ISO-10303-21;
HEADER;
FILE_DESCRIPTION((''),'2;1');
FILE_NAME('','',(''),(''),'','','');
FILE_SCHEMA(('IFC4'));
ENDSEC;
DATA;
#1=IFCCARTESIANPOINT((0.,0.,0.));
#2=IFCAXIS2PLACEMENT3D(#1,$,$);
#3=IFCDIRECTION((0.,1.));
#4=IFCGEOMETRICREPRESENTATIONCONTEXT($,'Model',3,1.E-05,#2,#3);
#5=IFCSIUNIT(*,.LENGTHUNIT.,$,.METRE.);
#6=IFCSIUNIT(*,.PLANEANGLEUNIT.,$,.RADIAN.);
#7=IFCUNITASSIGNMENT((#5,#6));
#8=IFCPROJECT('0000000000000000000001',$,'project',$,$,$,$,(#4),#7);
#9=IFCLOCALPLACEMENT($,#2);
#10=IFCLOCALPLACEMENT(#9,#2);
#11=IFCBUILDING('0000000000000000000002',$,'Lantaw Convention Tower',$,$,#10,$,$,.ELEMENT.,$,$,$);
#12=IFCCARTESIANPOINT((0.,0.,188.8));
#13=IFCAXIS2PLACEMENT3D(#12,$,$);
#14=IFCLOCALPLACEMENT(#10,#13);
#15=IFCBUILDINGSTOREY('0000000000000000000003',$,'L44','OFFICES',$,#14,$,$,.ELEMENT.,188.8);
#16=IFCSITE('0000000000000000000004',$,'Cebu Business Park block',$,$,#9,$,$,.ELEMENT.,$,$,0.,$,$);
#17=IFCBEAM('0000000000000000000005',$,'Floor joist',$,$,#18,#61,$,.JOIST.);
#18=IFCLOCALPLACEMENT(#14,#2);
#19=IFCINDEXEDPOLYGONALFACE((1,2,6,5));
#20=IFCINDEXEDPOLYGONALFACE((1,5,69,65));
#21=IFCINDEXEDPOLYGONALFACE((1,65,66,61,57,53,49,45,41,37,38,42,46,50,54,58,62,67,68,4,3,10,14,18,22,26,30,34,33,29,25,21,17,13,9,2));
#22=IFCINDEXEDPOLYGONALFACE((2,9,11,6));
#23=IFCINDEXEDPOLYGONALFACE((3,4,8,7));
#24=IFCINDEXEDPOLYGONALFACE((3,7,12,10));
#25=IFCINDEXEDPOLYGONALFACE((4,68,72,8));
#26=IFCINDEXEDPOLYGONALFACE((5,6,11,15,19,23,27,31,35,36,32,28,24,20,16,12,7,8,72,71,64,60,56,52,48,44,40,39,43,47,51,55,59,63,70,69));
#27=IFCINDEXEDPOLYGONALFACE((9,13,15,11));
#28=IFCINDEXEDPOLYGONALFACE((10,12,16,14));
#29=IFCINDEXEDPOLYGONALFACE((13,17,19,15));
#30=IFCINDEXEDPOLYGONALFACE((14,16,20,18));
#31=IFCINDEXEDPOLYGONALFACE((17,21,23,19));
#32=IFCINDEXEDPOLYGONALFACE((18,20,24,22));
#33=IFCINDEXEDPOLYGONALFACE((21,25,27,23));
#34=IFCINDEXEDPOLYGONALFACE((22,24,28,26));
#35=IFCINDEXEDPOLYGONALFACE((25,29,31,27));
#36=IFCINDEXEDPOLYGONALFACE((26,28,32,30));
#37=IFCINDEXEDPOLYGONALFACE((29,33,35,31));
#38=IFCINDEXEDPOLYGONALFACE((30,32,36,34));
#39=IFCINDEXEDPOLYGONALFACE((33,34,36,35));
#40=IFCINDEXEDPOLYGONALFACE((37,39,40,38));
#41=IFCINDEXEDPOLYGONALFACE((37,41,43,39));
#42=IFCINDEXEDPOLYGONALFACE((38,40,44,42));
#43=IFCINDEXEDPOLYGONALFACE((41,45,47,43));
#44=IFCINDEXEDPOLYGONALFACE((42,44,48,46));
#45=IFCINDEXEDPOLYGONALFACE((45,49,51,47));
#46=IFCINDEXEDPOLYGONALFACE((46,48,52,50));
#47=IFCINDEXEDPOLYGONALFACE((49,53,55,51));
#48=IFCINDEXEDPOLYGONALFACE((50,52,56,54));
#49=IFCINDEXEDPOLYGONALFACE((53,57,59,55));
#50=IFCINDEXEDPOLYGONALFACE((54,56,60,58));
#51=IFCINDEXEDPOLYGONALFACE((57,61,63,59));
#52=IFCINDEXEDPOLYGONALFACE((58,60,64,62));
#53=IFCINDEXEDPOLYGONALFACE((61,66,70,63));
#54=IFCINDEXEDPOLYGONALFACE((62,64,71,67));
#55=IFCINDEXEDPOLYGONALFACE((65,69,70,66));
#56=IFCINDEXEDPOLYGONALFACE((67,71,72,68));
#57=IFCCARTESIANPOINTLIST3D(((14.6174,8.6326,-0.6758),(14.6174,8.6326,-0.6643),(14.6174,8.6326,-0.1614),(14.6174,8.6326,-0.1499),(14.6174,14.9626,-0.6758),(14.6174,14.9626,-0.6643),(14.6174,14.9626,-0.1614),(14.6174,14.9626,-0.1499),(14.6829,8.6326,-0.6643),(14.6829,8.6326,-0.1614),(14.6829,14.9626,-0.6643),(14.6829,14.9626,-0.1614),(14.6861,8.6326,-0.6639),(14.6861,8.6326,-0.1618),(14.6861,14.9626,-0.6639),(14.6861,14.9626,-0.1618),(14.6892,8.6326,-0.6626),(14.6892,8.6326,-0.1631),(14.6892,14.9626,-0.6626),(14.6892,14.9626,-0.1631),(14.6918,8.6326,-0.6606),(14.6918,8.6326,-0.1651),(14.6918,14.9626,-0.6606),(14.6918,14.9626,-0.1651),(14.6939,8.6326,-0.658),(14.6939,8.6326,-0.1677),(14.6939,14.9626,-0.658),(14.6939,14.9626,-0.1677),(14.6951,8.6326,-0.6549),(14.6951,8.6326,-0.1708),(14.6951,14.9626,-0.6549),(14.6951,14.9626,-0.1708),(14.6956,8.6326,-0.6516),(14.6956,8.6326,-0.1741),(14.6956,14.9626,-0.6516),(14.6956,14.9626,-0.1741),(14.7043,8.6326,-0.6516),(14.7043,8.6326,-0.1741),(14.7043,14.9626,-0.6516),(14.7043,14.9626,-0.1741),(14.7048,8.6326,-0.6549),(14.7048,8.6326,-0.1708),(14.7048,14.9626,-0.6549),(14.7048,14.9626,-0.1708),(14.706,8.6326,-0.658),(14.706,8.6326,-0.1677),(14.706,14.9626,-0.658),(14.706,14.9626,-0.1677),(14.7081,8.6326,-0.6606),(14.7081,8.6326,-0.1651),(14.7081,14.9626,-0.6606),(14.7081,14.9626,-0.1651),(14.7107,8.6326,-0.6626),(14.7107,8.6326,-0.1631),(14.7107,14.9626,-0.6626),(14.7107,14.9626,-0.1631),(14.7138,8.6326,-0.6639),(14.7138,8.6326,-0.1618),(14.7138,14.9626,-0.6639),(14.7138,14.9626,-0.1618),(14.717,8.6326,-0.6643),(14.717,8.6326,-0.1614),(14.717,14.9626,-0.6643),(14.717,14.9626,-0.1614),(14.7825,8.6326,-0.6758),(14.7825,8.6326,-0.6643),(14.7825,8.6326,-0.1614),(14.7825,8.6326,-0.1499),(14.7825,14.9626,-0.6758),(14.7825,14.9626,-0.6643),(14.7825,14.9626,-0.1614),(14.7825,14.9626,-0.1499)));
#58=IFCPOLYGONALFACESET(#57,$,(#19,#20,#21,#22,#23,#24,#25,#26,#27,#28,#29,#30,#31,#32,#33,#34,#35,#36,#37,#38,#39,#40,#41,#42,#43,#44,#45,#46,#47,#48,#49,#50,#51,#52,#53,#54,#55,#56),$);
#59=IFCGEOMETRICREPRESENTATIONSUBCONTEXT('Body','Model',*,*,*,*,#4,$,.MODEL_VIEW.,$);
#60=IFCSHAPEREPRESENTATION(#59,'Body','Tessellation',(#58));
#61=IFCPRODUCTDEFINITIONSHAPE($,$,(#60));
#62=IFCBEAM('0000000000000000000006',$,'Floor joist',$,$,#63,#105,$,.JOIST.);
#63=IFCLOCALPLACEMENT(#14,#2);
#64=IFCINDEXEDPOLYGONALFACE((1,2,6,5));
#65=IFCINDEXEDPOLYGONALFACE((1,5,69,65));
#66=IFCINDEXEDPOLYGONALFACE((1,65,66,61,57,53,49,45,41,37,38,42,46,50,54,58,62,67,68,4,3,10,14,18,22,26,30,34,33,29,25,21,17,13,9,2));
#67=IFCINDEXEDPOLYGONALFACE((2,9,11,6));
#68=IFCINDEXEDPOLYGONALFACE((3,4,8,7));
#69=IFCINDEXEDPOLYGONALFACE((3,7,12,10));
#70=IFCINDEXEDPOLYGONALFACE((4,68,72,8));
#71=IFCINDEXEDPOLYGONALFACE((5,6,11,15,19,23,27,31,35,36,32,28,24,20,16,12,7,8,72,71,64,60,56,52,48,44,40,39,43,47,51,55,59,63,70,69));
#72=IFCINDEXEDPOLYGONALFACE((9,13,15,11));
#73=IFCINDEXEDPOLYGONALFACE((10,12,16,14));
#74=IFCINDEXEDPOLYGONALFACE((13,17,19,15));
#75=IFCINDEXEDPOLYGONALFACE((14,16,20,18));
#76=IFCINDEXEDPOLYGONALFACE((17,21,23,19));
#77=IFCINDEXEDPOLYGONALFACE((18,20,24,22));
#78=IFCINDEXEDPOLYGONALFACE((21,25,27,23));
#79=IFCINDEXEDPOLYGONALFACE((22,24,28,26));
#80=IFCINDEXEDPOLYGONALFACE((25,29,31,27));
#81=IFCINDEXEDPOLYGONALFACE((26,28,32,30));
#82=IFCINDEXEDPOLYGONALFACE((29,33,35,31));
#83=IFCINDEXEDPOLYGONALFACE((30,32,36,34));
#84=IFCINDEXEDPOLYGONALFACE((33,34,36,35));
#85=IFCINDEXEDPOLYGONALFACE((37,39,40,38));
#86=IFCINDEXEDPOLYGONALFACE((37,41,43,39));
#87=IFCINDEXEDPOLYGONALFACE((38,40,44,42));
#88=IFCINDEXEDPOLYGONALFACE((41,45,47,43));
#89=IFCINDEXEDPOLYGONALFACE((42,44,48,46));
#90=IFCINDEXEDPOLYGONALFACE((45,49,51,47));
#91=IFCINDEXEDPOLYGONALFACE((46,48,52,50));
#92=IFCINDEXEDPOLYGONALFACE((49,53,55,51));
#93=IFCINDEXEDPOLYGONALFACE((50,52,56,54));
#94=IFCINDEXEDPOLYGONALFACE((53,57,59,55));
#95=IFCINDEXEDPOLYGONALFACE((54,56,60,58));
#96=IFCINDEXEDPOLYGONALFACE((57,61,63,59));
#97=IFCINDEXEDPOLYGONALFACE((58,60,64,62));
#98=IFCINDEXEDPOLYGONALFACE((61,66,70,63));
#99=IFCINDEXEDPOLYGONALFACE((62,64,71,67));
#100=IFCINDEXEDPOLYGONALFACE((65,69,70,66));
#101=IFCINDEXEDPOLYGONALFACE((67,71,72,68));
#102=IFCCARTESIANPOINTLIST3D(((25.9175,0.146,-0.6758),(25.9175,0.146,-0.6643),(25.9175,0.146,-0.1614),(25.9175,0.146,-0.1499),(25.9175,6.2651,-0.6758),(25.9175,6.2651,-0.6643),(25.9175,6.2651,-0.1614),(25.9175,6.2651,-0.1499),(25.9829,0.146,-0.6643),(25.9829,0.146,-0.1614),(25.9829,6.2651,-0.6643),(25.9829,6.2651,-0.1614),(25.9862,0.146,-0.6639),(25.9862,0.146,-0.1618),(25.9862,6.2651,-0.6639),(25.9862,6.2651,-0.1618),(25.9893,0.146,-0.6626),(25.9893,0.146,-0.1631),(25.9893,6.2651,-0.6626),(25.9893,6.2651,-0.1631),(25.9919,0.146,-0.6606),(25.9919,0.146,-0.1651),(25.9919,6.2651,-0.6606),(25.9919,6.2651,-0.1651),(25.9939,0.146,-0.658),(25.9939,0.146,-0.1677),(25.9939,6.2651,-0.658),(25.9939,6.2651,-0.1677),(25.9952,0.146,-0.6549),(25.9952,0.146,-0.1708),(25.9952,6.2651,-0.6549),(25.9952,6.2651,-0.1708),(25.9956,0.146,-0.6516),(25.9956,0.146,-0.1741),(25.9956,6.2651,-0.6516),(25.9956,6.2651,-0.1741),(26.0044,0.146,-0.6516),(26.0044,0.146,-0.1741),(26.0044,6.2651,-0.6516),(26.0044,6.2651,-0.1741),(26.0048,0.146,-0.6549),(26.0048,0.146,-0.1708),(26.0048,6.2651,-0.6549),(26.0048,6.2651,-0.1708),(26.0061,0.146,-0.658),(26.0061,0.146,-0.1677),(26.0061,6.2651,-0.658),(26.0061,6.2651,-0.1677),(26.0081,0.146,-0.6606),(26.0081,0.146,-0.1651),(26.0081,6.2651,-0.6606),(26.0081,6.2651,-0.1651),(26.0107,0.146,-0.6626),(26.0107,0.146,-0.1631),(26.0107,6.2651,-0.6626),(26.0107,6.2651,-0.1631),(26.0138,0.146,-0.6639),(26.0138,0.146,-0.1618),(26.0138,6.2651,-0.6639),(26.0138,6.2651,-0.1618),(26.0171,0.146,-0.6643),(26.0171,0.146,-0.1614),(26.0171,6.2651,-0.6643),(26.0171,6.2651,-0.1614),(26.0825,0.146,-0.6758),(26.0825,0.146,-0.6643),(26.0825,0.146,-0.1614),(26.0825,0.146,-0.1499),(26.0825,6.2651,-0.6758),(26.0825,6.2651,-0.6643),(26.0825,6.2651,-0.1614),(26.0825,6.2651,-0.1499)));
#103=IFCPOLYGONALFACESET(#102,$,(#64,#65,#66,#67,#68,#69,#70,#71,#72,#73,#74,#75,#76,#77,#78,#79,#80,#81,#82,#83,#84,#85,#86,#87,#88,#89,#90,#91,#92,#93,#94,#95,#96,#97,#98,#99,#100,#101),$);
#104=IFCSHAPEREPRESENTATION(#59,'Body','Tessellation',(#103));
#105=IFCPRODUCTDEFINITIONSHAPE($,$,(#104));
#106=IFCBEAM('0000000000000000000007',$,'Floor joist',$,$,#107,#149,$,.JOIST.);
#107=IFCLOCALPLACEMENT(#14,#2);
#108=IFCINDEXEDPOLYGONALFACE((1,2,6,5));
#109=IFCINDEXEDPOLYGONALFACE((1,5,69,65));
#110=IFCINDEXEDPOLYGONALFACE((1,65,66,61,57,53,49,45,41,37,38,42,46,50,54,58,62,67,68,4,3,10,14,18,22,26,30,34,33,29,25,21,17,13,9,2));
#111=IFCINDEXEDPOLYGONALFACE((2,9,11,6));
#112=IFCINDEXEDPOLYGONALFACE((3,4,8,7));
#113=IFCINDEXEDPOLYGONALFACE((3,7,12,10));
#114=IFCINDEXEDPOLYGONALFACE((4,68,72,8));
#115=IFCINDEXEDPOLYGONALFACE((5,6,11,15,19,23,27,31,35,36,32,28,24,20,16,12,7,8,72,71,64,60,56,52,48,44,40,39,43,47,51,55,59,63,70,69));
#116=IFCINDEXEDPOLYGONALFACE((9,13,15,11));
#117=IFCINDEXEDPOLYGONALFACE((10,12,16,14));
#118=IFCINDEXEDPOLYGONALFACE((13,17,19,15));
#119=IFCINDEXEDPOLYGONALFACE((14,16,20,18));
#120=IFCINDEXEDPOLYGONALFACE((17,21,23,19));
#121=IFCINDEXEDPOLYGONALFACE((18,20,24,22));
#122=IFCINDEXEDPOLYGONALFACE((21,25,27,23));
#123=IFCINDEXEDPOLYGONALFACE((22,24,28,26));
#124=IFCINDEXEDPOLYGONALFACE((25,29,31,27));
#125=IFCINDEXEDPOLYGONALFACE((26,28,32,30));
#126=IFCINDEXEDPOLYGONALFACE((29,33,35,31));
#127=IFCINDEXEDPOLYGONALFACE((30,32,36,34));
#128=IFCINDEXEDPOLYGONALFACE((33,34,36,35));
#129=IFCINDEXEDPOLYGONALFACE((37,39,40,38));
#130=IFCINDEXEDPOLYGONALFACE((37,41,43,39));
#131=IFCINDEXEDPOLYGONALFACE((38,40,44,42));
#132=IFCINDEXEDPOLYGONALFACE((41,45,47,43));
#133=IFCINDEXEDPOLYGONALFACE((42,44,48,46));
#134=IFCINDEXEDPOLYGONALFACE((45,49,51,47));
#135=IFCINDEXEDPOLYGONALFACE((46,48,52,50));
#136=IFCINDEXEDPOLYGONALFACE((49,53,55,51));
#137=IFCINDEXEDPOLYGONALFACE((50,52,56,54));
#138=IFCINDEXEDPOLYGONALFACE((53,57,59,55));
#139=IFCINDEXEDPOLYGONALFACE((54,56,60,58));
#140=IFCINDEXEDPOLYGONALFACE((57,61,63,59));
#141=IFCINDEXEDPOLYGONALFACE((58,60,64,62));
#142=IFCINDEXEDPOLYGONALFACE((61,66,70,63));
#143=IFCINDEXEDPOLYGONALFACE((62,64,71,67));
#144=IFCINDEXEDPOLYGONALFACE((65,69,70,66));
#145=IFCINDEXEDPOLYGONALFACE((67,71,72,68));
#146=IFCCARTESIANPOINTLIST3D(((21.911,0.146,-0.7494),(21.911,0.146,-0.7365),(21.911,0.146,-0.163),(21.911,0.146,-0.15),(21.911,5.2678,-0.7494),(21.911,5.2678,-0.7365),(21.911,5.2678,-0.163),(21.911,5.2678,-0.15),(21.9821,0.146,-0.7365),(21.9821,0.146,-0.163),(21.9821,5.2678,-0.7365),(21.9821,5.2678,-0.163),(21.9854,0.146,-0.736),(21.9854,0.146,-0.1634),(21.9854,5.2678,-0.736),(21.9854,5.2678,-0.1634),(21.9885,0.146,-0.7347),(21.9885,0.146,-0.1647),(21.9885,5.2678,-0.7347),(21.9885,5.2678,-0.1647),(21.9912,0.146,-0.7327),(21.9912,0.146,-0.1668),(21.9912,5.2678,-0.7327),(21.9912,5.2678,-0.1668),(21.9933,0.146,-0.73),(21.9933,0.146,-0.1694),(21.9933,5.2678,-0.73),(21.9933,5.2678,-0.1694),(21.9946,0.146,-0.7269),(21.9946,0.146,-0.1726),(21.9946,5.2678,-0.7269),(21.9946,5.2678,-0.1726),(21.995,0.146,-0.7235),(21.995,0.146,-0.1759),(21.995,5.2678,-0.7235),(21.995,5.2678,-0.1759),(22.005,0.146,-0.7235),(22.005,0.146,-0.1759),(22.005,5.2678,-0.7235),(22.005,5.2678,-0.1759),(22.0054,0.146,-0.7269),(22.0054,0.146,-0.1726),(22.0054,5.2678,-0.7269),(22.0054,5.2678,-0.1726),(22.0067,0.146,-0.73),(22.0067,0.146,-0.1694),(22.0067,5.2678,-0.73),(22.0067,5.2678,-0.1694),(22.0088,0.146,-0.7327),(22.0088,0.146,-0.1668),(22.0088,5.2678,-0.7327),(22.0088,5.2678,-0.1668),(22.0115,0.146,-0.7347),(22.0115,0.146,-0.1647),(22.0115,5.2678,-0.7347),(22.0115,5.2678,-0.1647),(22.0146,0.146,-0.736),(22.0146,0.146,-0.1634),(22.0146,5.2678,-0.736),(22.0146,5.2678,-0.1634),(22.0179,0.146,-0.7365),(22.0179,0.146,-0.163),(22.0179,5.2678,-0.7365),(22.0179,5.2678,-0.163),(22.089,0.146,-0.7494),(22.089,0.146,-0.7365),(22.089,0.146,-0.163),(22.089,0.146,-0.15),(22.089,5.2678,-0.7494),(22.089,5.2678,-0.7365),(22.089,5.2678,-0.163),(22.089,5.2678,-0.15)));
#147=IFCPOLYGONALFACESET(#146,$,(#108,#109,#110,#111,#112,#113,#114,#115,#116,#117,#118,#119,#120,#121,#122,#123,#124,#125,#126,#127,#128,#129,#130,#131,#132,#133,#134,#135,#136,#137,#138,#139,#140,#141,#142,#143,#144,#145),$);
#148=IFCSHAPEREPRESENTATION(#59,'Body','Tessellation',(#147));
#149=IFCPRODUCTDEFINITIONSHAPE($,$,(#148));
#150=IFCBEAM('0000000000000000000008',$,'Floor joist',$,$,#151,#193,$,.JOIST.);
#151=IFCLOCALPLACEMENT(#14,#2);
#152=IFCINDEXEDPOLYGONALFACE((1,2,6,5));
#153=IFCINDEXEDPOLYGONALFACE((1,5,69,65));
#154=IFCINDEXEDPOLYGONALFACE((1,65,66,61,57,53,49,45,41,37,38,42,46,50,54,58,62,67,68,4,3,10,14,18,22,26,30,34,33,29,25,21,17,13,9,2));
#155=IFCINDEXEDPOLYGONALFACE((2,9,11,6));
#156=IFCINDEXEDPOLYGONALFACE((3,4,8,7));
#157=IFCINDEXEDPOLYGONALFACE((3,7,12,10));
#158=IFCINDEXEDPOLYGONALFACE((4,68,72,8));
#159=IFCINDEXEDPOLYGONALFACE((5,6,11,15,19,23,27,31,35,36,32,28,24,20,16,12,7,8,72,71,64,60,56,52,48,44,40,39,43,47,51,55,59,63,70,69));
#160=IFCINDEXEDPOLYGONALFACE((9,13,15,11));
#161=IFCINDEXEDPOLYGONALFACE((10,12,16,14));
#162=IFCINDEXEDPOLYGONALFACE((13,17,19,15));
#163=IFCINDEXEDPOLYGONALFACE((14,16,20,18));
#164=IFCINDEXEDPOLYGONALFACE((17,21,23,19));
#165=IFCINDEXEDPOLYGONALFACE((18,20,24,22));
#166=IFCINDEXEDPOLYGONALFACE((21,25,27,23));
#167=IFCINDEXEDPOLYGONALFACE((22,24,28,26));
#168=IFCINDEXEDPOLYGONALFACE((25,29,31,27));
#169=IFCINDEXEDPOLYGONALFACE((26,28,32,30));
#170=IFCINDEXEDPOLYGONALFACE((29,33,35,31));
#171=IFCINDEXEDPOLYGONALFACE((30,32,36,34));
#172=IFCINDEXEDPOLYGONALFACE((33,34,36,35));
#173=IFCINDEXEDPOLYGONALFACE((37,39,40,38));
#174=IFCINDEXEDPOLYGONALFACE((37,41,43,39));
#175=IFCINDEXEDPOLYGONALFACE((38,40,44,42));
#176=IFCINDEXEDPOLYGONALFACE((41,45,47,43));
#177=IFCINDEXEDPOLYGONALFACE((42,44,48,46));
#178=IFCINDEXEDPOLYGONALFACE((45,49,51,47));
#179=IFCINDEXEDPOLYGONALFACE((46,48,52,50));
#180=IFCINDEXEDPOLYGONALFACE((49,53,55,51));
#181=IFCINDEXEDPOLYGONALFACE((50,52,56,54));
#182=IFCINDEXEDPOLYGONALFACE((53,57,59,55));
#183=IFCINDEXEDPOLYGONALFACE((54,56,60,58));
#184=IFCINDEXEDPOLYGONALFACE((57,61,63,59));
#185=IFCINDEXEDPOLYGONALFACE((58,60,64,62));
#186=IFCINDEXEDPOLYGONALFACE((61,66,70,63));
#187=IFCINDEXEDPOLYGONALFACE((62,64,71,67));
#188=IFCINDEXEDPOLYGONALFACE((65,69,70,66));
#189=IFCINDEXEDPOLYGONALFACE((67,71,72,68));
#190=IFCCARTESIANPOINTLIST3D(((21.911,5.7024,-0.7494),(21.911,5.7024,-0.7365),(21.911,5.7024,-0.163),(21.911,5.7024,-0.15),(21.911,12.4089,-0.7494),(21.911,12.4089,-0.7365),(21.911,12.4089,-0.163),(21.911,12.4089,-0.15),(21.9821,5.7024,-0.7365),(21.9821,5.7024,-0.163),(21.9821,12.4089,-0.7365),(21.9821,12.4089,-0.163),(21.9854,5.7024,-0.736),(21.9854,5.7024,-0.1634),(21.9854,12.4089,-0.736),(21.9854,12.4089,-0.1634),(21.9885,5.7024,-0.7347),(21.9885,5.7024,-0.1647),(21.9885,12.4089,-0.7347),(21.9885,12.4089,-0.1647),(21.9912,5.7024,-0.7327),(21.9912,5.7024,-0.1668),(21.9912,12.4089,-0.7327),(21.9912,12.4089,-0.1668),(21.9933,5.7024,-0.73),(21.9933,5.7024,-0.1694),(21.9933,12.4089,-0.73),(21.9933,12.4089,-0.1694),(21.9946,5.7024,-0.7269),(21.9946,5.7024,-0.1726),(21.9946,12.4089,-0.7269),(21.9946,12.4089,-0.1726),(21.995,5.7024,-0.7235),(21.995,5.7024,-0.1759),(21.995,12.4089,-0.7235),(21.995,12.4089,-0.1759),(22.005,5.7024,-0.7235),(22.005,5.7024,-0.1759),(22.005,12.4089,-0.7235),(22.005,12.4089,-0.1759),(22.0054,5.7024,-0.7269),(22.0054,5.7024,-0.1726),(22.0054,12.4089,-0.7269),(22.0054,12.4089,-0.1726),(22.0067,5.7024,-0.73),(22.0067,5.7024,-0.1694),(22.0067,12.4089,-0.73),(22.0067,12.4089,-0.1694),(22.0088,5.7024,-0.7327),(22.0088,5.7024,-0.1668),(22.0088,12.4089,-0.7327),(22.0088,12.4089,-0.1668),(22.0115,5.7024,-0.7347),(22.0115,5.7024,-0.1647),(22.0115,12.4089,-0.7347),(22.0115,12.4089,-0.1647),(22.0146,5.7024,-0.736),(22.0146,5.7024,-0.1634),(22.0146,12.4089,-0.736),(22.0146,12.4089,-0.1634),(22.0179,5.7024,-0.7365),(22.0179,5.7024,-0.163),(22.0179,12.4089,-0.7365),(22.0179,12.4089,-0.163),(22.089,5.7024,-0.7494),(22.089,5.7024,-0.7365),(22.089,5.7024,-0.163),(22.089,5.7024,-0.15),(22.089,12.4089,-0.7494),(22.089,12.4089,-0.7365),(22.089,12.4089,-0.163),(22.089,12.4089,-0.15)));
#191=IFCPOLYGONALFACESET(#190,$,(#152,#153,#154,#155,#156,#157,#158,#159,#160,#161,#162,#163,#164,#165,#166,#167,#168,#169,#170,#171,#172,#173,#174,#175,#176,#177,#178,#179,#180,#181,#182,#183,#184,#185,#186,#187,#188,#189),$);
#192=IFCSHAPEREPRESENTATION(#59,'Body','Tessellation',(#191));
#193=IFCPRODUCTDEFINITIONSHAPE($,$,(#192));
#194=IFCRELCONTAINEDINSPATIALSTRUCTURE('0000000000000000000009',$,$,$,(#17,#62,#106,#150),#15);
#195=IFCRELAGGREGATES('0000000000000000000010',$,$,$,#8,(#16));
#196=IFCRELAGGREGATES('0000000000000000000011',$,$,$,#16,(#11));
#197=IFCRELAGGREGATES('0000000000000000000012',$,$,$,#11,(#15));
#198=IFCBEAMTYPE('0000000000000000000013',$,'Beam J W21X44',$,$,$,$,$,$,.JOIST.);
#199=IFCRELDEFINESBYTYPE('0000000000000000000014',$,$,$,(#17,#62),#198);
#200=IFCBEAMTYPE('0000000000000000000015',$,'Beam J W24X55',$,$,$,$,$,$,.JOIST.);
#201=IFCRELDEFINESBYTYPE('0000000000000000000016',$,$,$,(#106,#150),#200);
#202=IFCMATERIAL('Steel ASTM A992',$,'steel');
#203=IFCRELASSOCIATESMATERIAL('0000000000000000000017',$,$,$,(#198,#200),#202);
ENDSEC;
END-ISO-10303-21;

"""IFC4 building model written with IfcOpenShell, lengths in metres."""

from ifc_helpers import new_model, si_unit, direction, frame, origin, origin_2d, place, context, subcontext, project, spatial, i_section, extrude, material, material_profile, profile_set, type_object, element, save


model = new_model("IFC4")

# Units and contexts
model_context = context("Model", 3, precision=1e-05, world=origin(), true_north=direction((0.0, 1.0)))
body_context = subcontext(model_context, "Body", "Model", "MODEL_VIEW")
ifc_project = project(units=[si_unit("LENGTHUNIT", "METRE"), si_unit("PLANEANGLEUNIT", "RADIAN")], contexts=[model_context])

# Site, building, storey
site_placement = place(None, origin())
site = spatial("IfcSite", under=ifc_project, at=site_placement, Name="Cebu Business Park block", CompositionType="ELEMENT", RefElevation=0.0)
building_placement = place(site_placement, origin())
building = spatial("IfcBuilding", under=site, at=building_placement, Name="Lantaw Convention Tower", CompositionType="ELEMENT")
storey_placement = place(building_placement, frame((0.0, 0.0, 188.8)))
storey = spatial("IfcBuildingStorey", under=building, at=storey_placement, Name="L44", Description="OFFICES", CompositionType="ELEMENT", Elevation=188.8)

# Beams
ifc_material_1 = material(Name="Steel ASTM A992", Category="steel")
ifc_material_profile_1 = material_profile(ifc_material_1, i_section(OverallWidth=0.165, OverallDepth=0.5259, WebThickness=0.0088, FlangeThickness=0.0115, FilletRadius=0.0127, at=origin_2d()), Name="W21X44")
ifc_profile_set_1 = profile_set([ifc_material_profile_1], Name="Steel ASTM A992")
beam_type_1 = type_object("IfcBeamType", Name="Beam J W21X44", PredefinedType="JOIST", material=ifc_profile_set_1)
beam_1_placement = place(storey_placement, frame((14.7, 8.6326, -0.4128), z_axis=(0.0, 1.0, 0.0), x_axis=(-1.0, 0.0, 0.0)))
element("IfcBeam", 1, at=beam_1_placement, inside=storey, type_object=beam_type_1, Name="Floor joist", PredefinedType="JOIST", context=body_context, shape_type="SweptSolid", body=[
    extrude(i_section(OverallWidth=0.165, OverallDepth=0.5259, WebThickness=0.0088, FlangeThickness=0.0115, FilletRadius=0.0127, at=origin_2d()), origin(), (0.0, 0.0, 1.0), 6.3301),
])
beam_2_placement = place(storey_placement, frame((26.0, 0.146, -0.4128), z_axis=(0.0, 1.0, 0.0), x_axis=(-1.0, 0.0, 0.0)))
element("IfcBeam", 2, at=beam_2_placement, inside=storey, type_object=beam_type_1, Name="Floor joist", PredefinedType="JOIST", context=body_context, shape_type="SweptSolid", body=[
    extrude(i_section(OverallWidth=0.165, OverallDepth=0.5259, WebThickness=0.0088, FlangeThickness=0.0115, FilletRadius=0.0127, at=origin_2d()), origin(), (0.0, 0.0, 1.0), 6.1191),
])
ifc_material_profile_2 = material_profile(ifc_material_1, i_section(OverallWidth=0.178, OverallDepth=0.5994, WebThickness=0.01, FlangeThickness=0.0129, FilletRadius=0.0129, at=origin_2d()), Name="W24X55")
ifc_profile_set_2 = profile_set([ifc_material_profile_2], Name="Steel ASTM A992")
beam_type_2 = type_object("IfcBeamType", Name="Beam J W24X55", PredefinedType="JOIST", material=ifc_profile_set_2)
beam_3_placement = place(storey_placement, frame((22.0, 0.146, -0.4497), z_axis=(0.0, 1.0, 0.0), x_axis=(-1.0, 0.0, 0.0)))
element("IfcBeam", 3, at=beam_3_placement, inside=storey, type_object=beam_type_2, Name="Floor joist", PredefinedType="JOIST", context=body_context, shape_type="SweptSolid", body=[
    extrude(i_section(OverallWidth=0.178, OverallDepth=0.5994, WebThickness=0.01, FlangeThickness=0.0129, FilletRadius=0.0129, at=origin_2d()), origin(), (0.0, 0.0, 1.0), 5.1218),
])
beam_4_placement = place(storey_placement, frame((22.0, 5.7024, -0.4497), z_axis=(0.0, 1.0, 0.0), x_axis=(-1.0, 0.0, 0.0)))
element("IfcBeam", 4, at=beam_4_placement, inside=storey, type_object=beam_type_2, Name="Floor joist", PredefinedType="JOIST", context=body_context, shape_type="SweptSolid", body=[
    extrude(i_section(OverallWidth=0.178, OverallDepth=0.5994, WebThickness=0.01, FlangeThickness=0.0129, FilletRadius=0.0129, at=origin_2d()), origin(), (0.0, 0.0, 1.0), 6.7065),
])

save(model, "model.ifc")
